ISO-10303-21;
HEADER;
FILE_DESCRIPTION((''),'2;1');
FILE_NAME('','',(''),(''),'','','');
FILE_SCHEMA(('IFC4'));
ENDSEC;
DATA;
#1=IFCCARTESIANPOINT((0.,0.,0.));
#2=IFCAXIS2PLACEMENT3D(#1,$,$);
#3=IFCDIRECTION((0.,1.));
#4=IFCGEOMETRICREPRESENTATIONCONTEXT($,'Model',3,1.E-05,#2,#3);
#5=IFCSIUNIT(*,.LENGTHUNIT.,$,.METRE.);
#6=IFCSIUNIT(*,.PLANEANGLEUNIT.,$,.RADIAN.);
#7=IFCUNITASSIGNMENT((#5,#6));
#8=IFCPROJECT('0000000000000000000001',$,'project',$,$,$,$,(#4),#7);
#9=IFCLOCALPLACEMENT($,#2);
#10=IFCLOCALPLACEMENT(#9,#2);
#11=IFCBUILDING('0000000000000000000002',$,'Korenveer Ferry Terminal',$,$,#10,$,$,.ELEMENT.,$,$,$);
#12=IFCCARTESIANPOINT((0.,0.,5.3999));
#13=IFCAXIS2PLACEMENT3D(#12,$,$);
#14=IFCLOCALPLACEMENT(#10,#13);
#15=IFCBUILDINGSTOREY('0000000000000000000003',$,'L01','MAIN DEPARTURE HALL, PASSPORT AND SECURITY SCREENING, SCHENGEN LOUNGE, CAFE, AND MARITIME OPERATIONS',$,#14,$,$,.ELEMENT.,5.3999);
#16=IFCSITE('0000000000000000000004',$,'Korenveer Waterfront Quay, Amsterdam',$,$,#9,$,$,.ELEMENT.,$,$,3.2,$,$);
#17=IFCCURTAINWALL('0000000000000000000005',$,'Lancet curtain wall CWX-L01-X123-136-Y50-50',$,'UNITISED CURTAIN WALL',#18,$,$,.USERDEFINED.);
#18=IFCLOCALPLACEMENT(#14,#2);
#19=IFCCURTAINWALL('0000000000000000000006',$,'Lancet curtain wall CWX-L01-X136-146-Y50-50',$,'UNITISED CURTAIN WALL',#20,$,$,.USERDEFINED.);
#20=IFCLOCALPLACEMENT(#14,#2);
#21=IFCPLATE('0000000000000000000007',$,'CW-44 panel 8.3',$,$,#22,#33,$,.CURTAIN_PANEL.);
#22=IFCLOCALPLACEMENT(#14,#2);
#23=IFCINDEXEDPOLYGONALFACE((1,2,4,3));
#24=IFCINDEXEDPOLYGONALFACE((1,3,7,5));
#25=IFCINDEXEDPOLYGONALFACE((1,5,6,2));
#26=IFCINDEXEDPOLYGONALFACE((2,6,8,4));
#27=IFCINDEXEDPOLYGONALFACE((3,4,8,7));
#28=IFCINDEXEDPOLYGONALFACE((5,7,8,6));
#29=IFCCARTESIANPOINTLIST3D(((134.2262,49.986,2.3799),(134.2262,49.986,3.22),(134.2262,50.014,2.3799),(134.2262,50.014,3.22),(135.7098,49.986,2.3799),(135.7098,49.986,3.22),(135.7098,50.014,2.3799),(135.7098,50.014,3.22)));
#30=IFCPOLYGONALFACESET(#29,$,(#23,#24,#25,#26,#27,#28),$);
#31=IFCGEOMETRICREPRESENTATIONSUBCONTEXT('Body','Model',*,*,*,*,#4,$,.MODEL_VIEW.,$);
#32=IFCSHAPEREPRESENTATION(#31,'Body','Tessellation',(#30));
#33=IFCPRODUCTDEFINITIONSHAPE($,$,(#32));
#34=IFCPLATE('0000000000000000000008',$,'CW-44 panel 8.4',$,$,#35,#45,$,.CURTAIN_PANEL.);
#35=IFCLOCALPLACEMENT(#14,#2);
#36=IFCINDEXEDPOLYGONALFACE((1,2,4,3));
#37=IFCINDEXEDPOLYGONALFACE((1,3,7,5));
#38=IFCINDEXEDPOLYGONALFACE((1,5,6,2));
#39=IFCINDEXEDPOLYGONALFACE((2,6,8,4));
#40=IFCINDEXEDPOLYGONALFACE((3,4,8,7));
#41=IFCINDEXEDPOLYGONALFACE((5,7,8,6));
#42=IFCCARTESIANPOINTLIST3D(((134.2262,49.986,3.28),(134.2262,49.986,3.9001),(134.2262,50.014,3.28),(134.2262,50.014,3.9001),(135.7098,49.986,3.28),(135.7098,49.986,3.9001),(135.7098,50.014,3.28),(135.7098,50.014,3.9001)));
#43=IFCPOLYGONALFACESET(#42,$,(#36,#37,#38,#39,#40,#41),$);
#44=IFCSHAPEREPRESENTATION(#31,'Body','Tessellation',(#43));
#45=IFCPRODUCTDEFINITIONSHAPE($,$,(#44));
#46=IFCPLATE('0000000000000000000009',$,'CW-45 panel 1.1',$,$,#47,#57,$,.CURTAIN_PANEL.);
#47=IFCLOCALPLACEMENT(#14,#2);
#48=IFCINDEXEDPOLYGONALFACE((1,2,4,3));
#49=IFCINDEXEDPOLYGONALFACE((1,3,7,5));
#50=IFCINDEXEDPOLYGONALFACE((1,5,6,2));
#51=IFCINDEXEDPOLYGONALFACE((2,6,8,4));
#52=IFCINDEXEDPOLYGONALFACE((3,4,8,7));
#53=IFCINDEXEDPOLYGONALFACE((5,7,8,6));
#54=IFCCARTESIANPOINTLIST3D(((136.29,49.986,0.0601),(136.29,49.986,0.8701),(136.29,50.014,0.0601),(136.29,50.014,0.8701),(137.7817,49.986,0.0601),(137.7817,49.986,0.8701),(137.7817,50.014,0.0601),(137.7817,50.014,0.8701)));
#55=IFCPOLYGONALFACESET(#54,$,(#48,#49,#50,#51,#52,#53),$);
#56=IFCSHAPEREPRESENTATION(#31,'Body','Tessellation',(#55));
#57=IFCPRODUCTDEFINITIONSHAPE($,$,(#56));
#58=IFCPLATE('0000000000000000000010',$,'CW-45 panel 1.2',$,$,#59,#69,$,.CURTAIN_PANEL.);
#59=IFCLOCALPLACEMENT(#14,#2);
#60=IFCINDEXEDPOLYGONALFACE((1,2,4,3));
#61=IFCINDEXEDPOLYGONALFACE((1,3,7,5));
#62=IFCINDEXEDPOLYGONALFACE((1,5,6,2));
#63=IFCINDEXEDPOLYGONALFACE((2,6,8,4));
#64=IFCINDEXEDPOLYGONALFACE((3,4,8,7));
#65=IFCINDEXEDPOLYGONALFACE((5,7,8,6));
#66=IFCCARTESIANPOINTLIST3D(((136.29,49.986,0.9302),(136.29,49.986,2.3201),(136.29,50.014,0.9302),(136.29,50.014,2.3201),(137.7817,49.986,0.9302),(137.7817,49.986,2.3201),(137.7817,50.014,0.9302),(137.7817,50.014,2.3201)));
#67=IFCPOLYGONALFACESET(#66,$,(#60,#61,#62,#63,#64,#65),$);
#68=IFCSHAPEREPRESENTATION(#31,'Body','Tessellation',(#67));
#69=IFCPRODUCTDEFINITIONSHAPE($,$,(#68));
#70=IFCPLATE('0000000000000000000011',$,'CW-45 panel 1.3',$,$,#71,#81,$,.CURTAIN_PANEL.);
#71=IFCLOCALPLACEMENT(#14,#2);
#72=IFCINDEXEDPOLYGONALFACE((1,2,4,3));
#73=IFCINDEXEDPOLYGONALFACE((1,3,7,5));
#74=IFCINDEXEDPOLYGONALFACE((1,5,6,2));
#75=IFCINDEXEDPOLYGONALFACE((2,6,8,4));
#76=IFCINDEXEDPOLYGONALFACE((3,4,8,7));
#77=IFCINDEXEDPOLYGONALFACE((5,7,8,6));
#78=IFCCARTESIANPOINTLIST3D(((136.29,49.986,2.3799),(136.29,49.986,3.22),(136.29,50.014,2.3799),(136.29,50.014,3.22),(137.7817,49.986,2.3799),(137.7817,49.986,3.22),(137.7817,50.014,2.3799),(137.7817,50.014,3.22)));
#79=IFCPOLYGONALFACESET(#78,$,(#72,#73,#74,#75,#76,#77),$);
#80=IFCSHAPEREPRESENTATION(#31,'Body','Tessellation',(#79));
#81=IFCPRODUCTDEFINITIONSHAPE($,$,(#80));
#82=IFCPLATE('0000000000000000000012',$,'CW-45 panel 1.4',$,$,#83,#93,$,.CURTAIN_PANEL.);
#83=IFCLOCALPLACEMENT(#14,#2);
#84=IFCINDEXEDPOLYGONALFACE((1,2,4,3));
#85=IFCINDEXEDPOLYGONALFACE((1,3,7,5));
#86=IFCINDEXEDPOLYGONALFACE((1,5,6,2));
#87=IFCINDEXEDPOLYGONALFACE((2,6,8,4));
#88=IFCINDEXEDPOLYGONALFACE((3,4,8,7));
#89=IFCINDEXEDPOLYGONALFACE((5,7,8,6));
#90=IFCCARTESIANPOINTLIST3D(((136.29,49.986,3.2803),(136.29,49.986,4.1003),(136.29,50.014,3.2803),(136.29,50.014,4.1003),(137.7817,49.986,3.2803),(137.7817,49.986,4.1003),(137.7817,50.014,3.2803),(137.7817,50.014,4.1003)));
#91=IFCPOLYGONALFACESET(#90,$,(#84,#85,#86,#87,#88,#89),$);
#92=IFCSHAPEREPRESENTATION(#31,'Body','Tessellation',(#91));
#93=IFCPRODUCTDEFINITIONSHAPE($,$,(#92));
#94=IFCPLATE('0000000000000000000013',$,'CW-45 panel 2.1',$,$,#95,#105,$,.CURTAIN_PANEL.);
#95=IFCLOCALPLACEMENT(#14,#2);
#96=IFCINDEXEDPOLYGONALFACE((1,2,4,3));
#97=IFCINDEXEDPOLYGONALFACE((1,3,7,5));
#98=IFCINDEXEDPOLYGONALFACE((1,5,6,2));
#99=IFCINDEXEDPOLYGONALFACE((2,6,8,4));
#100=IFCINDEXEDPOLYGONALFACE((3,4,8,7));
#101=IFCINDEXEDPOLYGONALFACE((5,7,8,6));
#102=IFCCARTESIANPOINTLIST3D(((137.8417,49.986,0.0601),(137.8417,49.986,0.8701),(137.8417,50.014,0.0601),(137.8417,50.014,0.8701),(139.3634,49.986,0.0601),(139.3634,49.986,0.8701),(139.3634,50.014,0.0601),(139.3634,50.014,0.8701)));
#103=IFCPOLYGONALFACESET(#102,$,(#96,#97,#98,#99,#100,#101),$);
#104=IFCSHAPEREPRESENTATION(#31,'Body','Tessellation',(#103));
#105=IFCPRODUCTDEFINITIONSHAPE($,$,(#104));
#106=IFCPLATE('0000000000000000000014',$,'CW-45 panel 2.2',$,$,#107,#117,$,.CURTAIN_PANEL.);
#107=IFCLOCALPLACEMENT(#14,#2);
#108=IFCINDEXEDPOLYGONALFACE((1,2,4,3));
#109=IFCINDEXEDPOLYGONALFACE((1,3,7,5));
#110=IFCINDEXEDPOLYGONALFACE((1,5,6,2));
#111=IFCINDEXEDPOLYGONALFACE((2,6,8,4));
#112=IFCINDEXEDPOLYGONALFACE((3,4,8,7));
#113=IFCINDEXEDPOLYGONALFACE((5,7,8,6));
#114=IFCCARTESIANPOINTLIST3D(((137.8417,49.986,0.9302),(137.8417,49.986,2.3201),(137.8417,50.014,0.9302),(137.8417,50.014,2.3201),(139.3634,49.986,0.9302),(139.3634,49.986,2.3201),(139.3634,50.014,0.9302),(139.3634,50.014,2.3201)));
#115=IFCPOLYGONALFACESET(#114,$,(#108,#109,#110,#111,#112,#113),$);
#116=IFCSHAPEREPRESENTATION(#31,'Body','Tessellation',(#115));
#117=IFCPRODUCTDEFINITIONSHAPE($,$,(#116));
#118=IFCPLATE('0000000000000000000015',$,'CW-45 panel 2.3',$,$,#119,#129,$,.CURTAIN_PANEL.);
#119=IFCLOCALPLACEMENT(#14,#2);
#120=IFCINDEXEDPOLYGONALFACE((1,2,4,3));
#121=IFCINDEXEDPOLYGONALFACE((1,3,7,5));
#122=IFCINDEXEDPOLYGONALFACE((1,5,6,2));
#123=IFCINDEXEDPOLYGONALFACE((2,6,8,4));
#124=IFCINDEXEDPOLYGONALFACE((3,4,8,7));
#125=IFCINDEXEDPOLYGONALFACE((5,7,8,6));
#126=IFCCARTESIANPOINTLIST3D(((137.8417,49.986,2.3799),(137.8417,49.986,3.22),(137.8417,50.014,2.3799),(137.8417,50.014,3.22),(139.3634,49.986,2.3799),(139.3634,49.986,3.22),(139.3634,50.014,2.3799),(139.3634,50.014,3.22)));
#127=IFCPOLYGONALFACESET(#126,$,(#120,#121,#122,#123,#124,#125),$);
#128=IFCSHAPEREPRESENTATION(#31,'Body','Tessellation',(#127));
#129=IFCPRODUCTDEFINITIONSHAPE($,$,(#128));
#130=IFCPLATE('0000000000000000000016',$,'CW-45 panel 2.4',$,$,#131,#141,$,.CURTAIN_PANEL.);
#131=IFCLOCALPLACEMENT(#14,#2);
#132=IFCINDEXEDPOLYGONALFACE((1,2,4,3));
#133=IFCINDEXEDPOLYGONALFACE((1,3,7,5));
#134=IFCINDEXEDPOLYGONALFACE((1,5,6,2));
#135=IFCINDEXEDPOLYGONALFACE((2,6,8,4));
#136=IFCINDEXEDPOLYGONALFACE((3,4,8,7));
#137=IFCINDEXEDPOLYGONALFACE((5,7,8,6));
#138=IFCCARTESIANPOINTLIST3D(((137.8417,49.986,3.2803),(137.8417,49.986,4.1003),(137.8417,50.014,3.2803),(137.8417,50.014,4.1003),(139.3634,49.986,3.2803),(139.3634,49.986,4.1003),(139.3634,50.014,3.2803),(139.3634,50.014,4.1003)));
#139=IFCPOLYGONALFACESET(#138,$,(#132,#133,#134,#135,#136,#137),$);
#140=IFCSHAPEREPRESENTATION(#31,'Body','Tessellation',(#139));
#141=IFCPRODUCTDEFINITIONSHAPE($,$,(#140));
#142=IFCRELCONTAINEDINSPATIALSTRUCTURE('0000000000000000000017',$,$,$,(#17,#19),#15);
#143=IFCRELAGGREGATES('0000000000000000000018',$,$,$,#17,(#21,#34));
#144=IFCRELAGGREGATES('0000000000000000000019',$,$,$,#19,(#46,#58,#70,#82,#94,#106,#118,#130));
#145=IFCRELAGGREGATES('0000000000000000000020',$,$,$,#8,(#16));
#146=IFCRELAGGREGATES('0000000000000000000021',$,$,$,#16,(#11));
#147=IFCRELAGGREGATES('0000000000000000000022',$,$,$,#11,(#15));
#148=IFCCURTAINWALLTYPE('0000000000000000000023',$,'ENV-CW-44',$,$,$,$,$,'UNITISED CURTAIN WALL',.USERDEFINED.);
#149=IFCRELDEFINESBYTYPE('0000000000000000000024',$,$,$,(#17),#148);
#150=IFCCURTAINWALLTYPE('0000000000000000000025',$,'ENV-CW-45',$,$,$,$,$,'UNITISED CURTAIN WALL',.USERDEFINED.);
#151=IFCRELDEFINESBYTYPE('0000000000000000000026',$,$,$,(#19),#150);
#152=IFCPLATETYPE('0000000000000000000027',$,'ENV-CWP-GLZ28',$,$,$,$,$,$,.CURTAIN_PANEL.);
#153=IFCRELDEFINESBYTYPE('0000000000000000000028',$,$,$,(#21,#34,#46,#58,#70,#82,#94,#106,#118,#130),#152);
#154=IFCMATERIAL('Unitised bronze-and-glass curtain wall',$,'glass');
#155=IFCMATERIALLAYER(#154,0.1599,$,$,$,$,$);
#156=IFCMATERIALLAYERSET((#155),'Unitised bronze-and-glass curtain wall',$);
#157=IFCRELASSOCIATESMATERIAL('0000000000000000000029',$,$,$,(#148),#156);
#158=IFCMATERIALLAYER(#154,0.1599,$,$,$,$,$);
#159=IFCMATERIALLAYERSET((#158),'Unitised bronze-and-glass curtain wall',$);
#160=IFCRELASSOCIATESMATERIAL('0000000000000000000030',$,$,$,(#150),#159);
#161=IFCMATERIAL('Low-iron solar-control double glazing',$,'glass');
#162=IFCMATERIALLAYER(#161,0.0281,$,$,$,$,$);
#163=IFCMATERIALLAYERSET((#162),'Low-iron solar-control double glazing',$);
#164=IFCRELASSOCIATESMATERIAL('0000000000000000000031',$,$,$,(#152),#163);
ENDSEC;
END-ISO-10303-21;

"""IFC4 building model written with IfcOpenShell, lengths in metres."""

from ifc_helpers import new_model, si_unit, direction, frame, origin, origin_2d, place, context, subcontext, project, spatial, rectangle, extrude, material, layer, layer_set, type_object, element, aggregate, save


model = new_model("IFC4")

# Units and contexts
model_context = context("Model", 3, precision=1e-05, world=origin(), true_north=direction((0.0, 1.0)))
body_context = subcontext(model_context, "Body", "Model", "MODEL_VIEW")
ifc_project = project(units=[si_unit("LENGTHUNIT", "METRE"), si_unit("PLANEANGLEUNIT", "RADIAN")], contexts=[model_context])

# Site, building, storey
site_placement = place(None, origin())
site = spatial("IfcSite", under=ifc_project, at=site_placement, Name="Korenveer Waterfront Quay, Amsterdam", CompositionType="ELEMENT", RefElevation=3.2)
building_placement = place(site_placement, origin())
building = spatial("IfcBuilding", under=site, at=building_placement, Name="Korenveer Ferry Terminal", CompositionType="ELEMENT")
storey_placement = place(building_placement, frame((0.0, 0.0, 5.3999)))
storey = spatial("IfcBuildingStorey", under=building, at=storey_placement, Name="L01", Description="MAIN DEPARTURE HALL, PASSPORT AND SECURITY SCREENING, SCHENGEN LOUNGE, CAFE, AND MARITIME OPERATIONS", CompositionType="ELEMENT", Elevation=5.3999)

# Curtain wall
ifc_material_1 = material(Name="Unitised bronze-and-glass curtain wall", Category="glass")
ifc_layer_1 = layer(ifc_material_1, 0.1599)
ifc_layer_set_1 = layer_set([ifc_layer_1], Name="Unitised bronze-and-glass curtain wall")
curtain_wall_type_1 = type_object("IfcCurtainWallType", Name="ENV-CW-44", ElementType="UNITISED CURTAIN WALL", PredefinedType="USERDEFINED", material=ifc_layer_set_1)
curtain_wall_1_placement = place(storey_placement, frame((123.1799, 50.0, 0.0)))
curtain_wall_1 = element("IfcCurtainWall", 1, at=curtain_wall_1_placement, inside=storey, type_object=curtain_wall_type_1, Name="Lancet curtain wall CWX-L01-X123-136-Y50-50", ObjectType="UNITISED CURTAIN WALL", PredefinedType="USERDEFINED")

# Curtain wall
ifc_layer_2 = layer(ifc_material_1, 0.1599)
ifc_layer_set_2 = layer_set([ifc_layer_2], Name="Unitised bronze-and-glass curtain wall")
curtain_wall_type_2 = type_object("IfcCurtainWallType", Name="ENV-CW-45", ElementType="UNITISED CURTAIN WALL", PredefinedType="USERDEFINED", material=ifc_layer_set_2)
curtain_wall_2_placement = place(storey_placement, frame((136.23, 50.0, 0.0)))
curtain_wall_2 = element("IfcCurtainWall", 2, at=curtain_wall_2_placement, inside=storey, type_object=curtain_wall_type_2, Name="Lancet curtain wall CWX-L01-X136-146-Y50-50", ObjectType="UNITISED CURTAIN WALL", PredefinedType="USERDEFINED")

# Plates
ifc_material_2 = material(Name="Low-iron solar-control double glazing", Category="glass")
ifc_layer_3 = layer(ifc_material_2, 0.0281)
ifc_layer_set_3 = layer_set([ifc_layer_3], Name="Low-iron solar-control double glazing")
plate_type = type_object("IfcPlateType", Name="ENV-CWP-GLZ28", PredefinedType="CURTAIN_PANEL", material=ifc_layer_set_3)
plate_1_placement = place(storey_placement, frame((134.968, 50.0, 2.3799), z_axis=(0.0, 0.0, 1.0), x_axis=(1.0, 0.0, 0.0)))
plate_1 = element("IfcPlate", 3, at=plate_1_placement, type_object=plate_type, Name="CW-44 panel 8.3", PredefinedType="CURTAIN_PANEL", context=body_context, shape_type="SweptSolid", body=[
    extrude(rectangle(XDim=1.4836, YDim=0.0281, at=origin_2d()), origin(), (0.0, 0.0, 1.0), 0.8401),
])
plate_2_placement = place(storey_placement, frame((134.968, 50.0, 3.28), z_axis=(0.0, 0.0, 1.0), x_axis=(1.0, 0.0, 0.0)))
plate_2 = element("IfcPlate", 4, at=plate_2_placement, type_object=plate_type, Name="CW-44 panel 8.4", PredefinedType="CURTAIN_PANEL", context=body_context, shape_type="SweptSolid", body=[
    extrude(rectangle(XDim=1.4836, YDim=0.0281, at=origin_2d()), origin(), (0.0, 0.0, 1.0), 0.6201),
])
aggregate(curtain_wall_1, [plate_1, plate_2])
plate_3_placement = place(storey_placement, frame((137.0359, 50.0, 0.0601), z_axis=(0.0, 0.0, 1.0), x_axis=(1.0, 0.0, 0.0)))
plate_3 = element("IfcPlate", 5, at=plate_3_placement, type_object=plate_type, Name="CW-45 panel 1.1", PredefinedType="CURTAIN_PANEL", context=body_context, shape_type="SweptSolid", body=[
    extrude(rectangle(XDim=1.4917, YDim=0.0281, at=origin_2d()), origin(), (0.0, 0.0, 1.0), 0.8101),
])
plate_4_placement = place(storey_placement, frame((137.0359, 50.0, 0.9302), z_axis=(0.0, 0.0, 1.0), x_axis=(1.0, 0.0, 0.0)))
plate_4 = element("IfcPlate", 6, at=plate_4_placement, type_object=plate_type, Name="CW-45 panel 1.2", PredefinedType="CURTAIN_PANEL", context=body_context, shape_type="SweptSolid", body=[
    extrude(rectangle(XDim=1.4917, YDim=0.0281, at=origin_2d()), origin(), (0.0, 0.0, 1.0), 1.3899),
])
plate_5_placement = place(storey_placement, frame((137.0359, 50.0, 2.3799), z_axis=(0.0, 0.0, 1.0), x_axis=(1.0, 0.0, 0.0)))
plate_5 = element("IfcPlate", 7, at=plate_5_placement, type_object=plate_type, Name="CW-45 panel 1.3", PredefinedType="CURTAIN_PANEL", context=body_context, shape_type="SweptSolid", body=[
    extrude(rectangle(XDim=1.4917, YDim=0.0281, at=origin_2d()), origin(), (0.0, 0.0, 1.0), 0.8401),
])
plate_6_placement = place(storey_placement, frame((137.0359, 50.0, 3.2803), z_axis=(0.0, 0.0, 1.0), x_axis=(1.0, 0.0, 0.0)))
plate_6 = element("IfcPlate", 8, at=plate_6_placement, type_object=plate_type, Name="CW-45 panel 1.4", PredefinedType="CURTAIN_PANEL", context=body_context, shape_type="SweptSolid", body=[
    extrude(rectangle(XDim=1.4917, YDim=0.0281, at=origin_2d()), origin(), (0.0, 0.0, 1.0), 0.8201),
])
plate_7_placement = place(storey_placement, frame((138.6025, 50.0, 0.0601), z_axis=(0.0, 0.0, 1.0), x_axis=(1.0, 0.0, 0.0)))
plate_7 = element("IfcPlate", 9, at=plate_7_placement, type_object=plate_type, Name="CW-45 panel 2.1", PredefinedType="CURTAIN_PANEL", context=body_context, shape_type="SweptSolid", body=[
    extrude(rectangle(XDim=1.5217, YDim=0.0281, at=origin_2d()), origin(), (0.0, 0.0, 1.0), 0.8101),
])
plate_8_placement = place(storey_placement, frame((138.6025, 50.0, 0.9302), z_axis=(0.0, 0.0, 1.0), x_axis=(1.0, 0.0, 0.0)))
plate_8 = element("IfcPlate", 10, at=plate_8_placement, type_object=plate_type, Name="CW-45 panel 2.2", PredefinedType="CURTAIN_PANEL", context=body_context, shape_type="SweptSolid", body=[
    extrude(rectangle(XDim=1.5217, YDim=0.0281, at=origin_2d()), origin(), (0.0, 0.0, 1.0), 1.3899),
])
plate_9_placement = place(storey_placement, frame((138.6025, 50.0, 2.3799), z_axis=(0.0, 0.0, 1.0), x_axis=(1.0, 0.0, 0.0)))
plate_9 = element("IfcPlate", 11, at=plate_9_placement, type_object=plate_type, Name="CW-45 panel 2.3", PredefinedType="CURTAIN_PANEL", context=body_context, shape_type="SweptSolid", body=[
    extrude(rectangle(XDim=1.5217, YDim=0.0281, at=origin_2d()), origin(), (0.0, 0.0, 1.0), 0.8401),
])
plate_10_placement = place(storey_placement, frame((138.6025, 50.0, 3.2803), z_axis=(0.0, 0.0, 1.0), x_axis=(1.0, 0.0, 0.0)))
plate_10 = element("IfcPlate", 12, at=plate_10_placement, type_object=plate_type, Name="CW-45 panel 2.4", PredefinedType="CURTAIN_PANEL", context=body_context, shape_type="SweptSolid", body=[
    extrude(rectangle(XDim=1.5217, YDim=0.0281, at=origin_2d()), origin(), (0.0, 0.0, 1.0), 0.8201),
])
aggregate(curtain_wall_2, [plate_3, plate_4, plate_5, plate_6, plate_7, plate_8, plate_9, plate_10])

save(model, "model.ifc")
